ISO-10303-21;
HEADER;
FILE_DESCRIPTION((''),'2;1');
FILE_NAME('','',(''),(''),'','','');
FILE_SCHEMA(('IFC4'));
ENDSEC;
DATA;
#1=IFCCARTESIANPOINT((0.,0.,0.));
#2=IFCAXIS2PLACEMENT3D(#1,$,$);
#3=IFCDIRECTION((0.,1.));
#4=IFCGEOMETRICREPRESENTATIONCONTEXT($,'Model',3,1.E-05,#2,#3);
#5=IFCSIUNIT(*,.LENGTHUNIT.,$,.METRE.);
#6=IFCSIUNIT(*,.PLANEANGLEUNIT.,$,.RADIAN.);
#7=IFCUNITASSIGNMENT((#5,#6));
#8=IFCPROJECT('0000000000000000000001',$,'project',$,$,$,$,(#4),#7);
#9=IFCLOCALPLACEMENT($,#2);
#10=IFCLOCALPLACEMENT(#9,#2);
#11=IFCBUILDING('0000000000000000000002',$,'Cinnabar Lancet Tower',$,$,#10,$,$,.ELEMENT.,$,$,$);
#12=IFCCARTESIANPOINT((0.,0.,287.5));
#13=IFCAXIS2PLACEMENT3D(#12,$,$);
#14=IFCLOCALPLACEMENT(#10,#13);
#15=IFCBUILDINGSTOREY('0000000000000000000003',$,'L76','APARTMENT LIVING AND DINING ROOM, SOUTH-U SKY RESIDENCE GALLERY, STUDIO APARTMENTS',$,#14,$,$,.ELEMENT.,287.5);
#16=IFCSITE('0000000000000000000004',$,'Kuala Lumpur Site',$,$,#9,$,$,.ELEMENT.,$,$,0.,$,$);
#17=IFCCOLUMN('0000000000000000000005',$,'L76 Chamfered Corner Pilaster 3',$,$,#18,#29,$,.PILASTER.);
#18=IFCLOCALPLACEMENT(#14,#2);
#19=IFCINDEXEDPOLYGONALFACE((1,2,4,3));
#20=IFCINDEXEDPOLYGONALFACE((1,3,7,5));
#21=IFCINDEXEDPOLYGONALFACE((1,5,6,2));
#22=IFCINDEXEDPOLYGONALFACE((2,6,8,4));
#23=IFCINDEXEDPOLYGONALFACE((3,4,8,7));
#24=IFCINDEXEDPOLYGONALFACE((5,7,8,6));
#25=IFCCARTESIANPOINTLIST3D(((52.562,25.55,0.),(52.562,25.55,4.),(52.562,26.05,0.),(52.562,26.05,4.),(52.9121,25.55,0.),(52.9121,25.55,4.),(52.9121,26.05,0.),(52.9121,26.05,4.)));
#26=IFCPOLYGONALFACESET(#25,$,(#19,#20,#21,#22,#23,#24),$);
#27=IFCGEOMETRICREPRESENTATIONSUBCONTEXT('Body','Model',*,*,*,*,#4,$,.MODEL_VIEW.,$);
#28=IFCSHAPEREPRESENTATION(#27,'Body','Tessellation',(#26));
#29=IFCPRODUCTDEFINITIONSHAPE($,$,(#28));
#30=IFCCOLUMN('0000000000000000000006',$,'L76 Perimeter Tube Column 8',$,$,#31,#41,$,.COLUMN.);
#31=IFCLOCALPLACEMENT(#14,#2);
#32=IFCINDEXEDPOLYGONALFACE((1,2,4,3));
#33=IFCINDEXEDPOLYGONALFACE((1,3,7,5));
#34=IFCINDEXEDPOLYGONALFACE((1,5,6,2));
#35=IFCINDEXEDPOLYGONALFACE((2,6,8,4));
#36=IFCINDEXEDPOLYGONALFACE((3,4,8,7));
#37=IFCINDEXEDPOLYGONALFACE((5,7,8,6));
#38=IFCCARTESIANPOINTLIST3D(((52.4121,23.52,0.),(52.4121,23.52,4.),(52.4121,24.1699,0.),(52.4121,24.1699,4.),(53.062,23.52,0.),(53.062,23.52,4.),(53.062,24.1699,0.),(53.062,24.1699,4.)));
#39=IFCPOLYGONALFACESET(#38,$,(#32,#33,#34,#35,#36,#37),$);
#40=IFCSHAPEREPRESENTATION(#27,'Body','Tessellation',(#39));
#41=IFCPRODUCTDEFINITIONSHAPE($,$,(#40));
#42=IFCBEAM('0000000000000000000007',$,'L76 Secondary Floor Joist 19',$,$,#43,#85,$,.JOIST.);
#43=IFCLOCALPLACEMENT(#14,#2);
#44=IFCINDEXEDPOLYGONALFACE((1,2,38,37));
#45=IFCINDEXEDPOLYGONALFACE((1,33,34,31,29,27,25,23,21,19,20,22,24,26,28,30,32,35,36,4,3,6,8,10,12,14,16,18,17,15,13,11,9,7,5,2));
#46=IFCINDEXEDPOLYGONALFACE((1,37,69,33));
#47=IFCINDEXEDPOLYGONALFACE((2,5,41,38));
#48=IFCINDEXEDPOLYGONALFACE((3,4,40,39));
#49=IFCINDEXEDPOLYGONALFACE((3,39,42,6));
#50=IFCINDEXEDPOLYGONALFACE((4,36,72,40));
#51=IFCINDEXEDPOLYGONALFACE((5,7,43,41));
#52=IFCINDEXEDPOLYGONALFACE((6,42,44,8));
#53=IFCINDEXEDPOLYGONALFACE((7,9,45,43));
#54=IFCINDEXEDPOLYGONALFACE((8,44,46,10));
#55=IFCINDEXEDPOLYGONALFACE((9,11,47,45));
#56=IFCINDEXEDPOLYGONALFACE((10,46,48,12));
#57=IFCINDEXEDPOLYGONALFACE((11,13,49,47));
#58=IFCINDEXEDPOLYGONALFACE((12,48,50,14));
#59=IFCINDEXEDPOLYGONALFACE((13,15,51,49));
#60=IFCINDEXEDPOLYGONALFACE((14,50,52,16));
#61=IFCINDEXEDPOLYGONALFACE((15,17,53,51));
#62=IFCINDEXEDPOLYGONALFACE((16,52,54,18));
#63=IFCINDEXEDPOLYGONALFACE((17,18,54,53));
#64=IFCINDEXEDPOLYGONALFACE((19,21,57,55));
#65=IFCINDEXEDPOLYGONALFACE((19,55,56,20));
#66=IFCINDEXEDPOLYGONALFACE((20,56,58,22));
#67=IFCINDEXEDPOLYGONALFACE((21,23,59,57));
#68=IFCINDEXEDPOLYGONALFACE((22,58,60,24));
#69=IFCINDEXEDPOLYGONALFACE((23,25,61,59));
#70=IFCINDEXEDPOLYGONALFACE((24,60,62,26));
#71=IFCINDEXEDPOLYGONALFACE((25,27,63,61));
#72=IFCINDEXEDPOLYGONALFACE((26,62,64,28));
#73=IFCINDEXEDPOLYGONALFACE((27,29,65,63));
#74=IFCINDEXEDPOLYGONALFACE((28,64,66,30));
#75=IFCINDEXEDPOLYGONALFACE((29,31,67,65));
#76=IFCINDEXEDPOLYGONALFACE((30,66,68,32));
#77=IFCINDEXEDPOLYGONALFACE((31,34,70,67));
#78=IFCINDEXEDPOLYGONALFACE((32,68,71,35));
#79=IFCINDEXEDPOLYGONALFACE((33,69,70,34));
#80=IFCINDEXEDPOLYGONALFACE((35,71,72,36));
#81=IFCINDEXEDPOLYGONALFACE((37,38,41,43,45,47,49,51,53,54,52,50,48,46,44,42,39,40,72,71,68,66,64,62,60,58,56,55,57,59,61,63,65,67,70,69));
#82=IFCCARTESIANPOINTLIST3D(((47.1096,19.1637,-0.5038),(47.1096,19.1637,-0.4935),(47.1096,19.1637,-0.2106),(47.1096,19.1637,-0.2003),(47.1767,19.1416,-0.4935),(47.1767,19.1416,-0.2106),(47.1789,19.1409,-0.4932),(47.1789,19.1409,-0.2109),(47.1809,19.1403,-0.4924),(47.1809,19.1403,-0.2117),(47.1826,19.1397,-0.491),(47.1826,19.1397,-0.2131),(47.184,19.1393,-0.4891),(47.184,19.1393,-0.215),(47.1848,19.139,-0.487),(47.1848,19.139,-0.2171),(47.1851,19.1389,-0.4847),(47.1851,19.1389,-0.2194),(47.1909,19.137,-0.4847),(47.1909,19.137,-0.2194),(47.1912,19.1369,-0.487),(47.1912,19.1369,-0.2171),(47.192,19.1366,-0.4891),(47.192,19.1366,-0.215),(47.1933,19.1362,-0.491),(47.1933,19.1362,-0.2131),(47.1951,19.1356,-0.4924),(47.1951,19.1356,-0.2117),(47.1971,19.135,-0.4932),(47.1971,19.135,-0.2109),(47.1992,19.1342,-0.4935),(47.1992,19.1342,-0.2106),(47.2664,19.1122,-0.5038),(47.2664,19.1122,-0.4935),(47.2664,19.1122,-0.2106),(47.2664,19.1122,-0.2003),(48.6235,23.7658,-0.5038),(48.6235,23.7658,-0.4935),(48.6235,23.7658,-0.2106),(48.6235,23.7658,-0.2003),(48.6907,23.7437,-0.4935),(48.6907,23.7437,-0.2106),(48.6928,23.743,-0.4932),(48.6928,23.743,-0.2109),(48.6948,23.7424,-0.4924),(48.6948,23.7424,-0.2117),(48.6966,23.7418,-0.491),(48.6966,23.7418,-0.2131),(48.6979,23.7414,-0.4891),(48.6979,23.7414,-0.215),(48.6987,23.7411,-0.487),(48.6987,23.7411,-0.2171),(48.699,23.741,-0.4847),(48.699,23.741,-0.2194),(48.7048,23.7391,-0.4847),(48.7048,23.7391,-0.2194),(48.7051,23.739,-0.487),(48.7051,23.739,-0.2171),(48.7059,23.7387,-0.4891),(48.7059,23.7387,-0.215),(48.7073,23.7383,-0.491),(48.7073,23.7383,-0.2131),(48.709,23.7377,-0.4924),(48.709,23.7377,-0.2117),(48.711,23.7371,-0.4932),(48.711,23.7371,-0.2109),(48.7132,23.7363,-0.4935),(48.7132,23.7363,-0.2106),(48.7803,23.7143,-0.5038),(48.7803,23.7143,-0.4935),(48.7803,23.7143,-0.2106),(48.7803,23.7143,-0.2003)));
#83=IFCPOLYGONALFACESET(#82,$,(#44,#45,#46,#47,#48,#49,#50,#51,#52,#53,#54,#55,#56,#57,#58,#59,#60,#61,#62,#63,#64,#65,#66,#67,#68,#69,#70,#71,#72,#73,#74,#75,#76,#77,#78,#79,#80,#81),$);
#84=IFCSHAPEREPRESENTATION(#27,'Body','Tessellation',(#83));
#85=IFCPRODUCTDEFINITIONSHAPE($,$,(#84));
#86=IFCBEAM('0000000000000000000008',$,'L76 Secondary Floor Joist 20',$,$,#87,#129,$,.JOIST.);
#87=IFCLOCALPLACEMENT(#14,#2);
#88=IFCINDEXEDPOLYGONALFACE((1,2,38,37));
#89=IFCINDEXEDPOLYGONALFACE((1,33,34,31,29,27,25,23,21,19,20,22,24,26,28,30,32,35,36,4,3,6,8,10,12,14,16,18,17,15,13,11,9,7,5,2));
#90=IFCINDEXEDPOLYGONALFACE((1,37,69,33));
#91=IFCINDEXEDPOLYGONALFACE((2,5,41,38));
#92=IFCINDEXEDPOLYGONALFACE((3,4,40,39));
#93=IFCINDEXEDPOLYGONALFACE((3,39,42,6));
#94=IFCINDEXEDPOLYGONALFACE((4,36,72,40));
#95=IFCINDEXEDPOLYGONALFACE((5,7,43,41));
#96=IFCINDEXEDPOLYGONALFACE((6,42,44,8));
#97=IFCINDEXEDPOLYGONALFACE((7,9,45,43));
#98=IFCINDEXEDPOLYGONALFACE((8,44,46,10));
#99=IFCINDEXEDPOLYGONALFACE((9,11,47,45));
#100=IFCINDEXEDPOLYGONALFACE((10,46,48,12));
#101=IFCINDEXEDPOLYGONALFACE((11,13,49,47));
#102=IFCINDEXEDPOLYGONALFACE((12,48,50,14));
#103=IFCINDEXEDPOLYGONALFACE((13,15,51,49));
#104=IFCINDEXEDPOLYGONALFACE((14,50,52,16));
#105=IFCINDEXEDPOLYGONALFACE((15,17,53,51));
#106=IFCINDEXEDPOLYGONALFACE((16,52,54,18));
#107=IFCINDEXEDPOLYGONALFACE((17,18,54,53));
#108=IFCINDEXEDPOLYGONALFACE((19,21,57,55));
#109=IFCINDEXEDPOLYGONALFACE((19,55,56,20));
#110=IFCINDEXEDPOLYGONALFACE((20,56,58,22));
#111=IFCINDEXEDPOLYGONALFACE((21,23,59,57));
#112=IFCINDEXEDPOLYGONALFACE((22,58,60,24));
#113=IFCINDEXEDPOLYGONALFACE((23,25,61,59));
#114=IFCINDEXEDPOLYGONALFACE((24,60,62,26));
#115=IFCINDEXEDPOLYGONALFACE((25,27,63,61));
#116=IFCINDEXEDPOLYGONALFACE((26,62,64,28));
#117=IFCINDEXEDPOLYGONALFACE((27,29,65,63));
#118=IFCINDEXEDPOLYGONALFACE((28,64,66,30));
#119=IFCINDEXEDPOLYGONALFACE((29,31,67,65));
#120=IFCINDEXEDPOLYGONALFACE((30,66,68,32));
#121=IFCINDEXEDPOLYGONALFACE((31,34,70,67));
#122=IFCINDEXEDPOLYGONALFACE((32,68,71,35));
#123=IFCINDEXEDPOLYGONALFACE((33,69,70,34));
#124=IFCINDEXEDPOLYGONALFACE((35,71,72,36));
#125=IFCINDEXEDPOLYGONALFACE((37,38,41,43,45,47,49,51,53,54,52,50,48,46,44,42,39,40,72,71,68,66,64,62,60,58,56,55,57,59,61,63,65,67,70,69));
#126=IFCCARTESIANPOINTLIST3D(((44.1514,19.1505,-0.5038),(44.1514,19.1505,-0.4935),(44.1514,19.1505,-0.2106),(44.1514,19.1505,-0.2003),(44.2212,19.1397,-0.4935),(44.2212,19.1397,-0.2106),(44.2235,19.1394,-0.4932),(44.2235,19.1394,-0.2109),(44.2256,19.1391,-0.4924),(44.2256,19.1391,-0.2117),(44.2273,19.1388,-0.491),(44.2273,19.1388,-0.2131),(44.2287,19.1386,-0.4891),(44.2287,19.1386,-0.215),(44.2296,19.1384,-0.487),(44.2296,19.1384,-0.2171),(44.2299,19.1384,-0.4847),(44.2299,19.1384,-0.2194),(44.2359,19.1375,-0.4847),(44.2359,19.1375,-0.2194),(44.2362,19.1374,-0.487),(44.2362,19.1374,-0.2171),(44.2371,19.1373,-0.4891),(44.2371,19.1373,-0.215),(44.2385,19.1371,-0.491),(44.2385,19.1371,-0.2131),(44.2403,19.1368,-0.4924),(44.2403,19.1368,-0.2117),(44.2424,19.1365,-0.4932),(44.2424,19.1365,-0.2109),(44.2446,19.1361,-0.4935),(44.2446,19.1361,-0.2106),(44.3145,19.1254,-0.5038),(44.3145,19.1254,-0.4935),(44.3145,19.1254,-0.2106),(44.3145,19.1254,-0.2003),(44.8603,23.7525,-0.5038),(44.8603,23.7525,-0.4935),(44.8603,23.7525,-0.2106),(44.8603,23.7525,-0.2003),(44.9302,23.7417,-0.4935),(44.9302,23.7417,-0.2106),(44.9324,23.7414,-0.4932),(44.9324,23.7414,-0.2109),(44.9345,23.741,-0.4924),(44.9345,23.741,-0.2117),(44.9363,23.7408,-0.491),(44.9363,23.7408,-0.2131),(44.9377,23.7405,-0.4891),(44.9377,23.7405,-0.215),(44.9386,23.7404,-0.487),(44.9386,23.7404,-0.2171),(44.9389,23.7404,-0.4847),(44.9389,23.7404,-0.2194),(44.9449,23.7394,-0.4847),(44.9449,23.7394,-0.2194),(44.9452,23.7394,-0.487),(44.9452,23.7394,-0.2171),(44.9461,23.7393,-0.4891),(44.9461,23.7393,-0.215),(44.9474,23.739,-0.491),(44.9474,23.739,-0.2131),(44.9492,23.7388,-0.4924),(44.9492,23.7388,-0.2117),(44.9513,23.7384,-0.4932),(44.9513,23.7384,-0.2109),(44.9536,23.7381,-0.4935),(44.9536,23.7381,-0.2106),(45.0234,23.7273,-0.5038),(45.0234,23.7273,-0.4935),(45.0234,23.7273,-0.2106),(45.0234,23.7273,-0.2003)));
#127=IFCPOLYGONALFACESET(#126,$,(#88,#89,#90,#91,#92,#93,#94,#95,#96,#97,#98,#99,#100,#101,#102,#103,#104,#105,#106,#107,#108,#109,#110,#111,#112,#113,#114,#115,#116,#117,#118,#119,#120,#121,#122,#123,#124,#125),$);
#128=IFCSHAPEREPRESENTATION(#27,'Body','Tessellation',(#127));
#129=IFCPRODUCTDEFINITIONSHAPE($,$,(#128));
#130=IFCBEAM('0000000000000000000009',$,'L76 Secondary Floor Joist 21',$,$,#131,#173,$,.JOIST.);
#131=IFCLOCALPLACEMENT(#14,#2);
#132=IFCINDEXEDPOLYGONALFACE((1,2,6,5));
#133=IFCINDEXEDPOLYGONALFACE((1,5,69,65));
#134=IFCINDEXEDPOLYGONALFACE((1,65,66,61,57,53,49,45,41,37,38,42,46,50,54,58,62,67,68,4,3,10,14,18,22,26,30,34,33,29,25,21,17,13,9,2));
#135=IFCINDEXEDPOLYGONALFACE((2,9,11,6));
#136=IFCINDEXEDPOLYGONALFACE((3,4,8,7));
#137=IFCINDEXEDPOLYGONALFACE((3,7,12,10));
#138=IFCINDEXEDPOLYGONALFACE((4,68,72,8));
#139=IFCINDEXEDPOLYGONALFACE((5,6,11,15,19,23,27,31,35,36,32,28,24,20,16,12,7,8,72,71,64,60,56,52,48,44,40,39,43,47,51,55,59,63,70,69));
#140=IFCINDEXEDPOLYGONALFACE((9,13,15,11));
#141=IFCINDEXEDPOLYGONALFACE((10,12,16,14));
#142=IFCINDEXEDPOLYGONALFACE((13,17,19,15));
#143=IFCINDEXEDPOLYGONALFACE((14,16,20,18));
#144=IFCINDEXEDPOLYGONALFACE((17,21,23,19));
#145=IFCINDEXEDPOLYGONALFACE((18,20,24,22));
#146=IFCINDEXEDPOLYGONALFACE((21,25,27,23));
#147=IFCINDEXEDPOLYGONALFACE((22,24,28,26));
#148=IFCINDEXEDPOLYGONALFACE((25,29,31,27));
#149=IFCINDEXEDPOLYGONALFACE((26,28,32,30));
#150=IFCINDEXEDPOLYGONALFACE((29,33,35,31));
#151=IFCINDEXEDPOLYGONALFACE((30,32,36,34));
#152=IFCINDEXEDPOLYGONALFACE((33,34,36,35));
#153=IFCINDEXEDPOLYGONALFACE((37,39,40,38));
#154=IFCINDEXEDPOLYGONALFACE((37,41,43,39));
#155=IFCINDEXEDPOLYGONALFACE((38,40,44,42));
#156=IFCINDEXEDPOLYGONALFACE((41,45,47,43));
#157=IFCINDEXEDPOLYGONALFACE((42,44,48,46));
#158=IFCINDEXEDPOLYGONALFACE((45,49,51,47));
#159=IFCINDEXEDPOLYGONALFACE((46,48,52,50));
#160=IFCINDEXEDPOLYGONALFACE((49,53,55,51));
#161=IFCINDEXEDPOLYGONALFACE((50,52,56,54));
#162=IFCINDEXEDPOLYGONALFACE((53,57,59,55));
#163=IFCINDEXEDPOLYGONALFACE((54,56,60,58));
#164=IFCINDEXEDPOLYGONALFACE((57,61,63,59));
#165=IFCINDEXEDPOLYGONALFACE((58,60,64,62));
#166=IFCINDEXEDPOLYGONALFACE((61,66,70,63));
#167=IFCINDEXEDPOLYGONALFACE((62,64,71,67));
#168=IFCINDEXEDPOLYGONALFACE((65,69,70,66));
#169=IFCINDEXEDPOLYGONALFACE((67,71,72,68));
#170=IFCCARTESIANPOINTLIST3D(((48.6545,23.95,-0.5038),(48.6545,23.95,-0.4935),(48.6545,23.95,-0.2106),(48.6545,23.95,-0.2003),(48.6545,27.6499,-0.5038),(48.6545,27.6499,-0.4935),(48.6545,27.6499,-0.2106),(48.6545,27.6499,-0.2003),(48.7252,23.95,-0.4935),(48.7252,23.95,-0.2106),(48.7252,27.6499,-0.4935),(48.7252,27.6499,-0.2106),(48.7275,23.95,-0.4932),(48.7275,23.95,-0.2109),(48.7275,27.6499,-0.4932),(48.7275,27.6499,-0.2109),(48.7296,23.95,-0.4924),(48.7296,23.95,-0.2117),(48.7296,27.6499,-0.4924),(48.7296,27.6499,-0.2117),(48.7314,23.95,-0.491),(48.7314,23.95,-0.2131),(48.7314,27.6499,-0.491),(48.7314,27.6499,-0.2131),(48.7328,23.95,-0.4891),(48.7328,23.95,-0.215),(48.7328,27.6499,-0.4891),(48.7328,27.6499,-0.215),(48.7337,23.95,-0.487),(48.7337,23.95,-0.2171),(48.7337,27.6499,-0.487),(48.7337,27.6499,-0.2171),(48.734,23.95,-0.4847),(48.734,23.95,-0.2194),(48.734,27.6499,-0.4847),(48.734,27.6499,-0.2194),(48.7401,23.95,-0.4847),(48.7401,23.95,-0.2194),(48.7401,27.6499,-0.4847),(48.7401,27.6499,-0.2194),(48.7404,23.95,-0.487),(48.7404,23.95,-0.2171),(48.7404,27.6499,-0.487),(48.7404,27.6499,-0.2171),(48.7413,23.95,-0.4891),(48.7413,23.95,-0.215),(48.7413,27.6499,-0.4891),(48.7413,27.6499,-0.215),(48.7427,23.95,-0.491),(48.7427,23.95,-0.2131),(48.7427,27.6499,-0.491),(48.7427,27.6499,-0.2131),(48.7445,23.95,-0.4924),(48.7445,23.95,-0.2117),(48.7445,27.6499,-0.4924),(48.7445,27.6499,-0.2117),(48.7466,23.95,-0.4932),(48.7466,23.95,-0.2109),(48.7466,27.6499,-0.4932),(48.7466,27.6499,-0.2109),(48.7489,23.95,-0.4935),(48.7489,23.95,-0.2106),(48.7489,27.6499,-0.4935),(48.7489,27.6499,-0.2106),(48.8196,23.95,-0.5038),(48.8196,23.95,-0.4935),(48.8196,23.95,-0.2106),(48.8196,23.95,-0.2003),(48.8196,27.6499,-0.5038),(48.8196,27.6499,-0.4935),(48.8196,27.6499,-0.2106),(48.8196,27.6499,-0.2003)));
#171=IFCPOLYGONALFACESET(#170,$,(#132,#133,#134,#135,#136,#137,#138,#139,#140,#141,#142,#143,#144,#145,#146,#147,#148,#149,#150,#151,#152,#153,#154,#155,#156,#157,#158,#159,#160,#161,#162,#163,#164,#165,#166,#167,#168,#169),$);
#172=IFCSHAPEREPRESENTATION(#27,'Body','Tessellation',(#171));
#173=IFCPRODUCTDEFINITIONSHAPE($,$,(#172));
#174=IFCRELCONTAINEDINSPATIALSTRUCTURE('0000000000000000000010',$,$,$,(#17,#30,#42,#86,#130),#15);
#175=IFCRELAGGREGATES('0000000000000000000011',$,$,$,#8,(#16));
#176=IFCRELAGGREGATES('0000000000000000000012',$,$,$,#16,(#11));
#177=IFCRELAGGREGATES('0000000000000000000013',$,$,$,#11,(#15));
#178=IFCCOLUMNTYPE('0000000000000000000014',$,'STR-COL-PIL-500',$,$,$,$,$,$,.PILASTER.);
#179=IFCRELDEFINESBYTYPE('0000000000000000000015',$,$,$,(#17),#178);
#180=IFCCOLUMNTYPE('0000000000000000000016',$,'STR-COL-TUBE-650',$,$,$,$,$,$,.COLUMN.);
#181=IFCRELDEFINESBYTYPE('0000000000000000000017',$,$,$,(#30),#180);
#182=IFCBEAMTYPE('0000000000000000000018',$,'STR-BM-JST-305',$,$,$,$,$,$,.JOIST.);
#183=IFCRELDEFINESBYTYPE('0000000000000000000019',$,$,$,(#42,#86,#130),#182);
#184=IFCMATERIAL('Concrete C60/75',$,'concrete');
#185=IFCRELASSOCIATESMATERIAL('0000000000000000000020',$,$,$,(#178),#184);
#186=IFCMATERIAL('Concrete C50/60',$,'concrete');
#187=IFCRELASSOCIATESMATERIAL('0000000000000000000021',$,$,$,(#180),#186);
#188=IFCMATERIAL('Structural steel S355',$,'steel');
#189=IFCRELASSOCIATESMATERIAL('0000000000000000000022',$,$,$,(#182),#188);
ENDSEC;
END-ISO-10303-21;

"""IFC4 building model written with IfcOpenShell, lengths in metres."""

from ifc_helpers import new_model, si_unit, direction, frame, origin, origin_2d, place, context, subcontext, project, spatial, rectangle, i_section, extrude, material, material_profile, profile_set, type_object, element, save


model = new_model("IFC4")

# Units and contexts
model_context = context("Model", 3, precision=1e-05, world=origin(), true_north=direction((0.0, 1.0)))
body_context = subcontext(model_context, "Body", "Model", "MODEL_VIEW")
ifc_project = project(units=[si_unit("LENGTHUNIT", "METRE"), si_unit("PLANEANGLEUNIT", "RADIAN")], contexts=[model_context])

# Site, building, storey
site_placement = place(None, origin())
site = spatial("IfcSite", under=ifc_project, at=site_placement, Name="Kuala Lumpur Site", CompositionType="ELEMENT", RefElevation=0.0)
building_placement = place(site_placement, origin())
building = spatial("IfcBuilding", under=site, at=building_placement, Name="Cinnabar Lancet Tower", CompositionType="ELEMENT")
storey_placement = place(building_placement, frame((0.0, 0.0, 287.5)))
storey = spatial("IfcBuildingStorey", under=building, at=storey_placement, Name="L76", Description="APARTMENT LIVING AND DINING ROOM, SOUTH-U SKY RESIDENCE GALLERY, STUDIO APARTMENTS", CompositionType="ELEMENT", Elevation=287.5)

# Columns
ifc_material_1 = material(Name="Concrete C60/75", Category="concrete")
ifc_material_profile_1 = material_profile(ifc_material_1, rectangle(XDim=0.5, YDim=0.3501, at=origin_2d()), Name="RC-PIL 500x350")
ifc_profile_set_1 = profile_set([ifc_material_profile_1], Name="Concrete C60/75")
column_type_1 = type_object("IfcColumnType", Name="STR-COL-PIL-500", PredefinedType="PILASTER", material=ifc_profile_set_1)
column_1_placement = place(storey_placement, frame((52.7371, 25.8, 0.0), z_axis=(0.0, 0.0, 1.0), x_axis=(0.0, 1.0, 0.0)))
element("IfcColumn", 1, at=column_1_placement, inside=storey, type_object=column_type_1, Name="L76 Chamfered Corner Pilaster 3", PredefinedType="PILASTER", context=body_context, shape_type="SweptSolid", body=[
    extrude(rectangle(XDim=0.5, YDim=0.3501, at=origin_2d()), origin(), (0.0, 0.0, 1.0), 4.0),
])
ifc_material_2 = material(Name="Concrete C50/60", Category="concrete")
ifc_material_profile_2 = material_profile(ifc_material_2, rectangle(XDim=0.6499, YDim=0.6499, at=origin_2d()), Name="RC-COL 650x650")
ifc_profile_set_2 = profile_set([ifc_material_profile_2], Name="Concrete C50/60")
column_type_2 = type_object("IfcColumnType", Name="STR-COL-TUBE-650", PredefinedType="COLUMN", material=ifc_profile_set_2)
column_2_placement = place(storey_placement, frame((52.7371, 23.845, 0.0), z_axis=(0.0, 0.0, 1.0), x_axis=(1.0, 0.0, 0.0)))
element("IfcColumn", 2, at=column_2_placement, inside=storey, type_object=column_type_2, Name="L76 Perimeter Tube Column 8", PredefinedType="COLUMN", context=body_context, shape_type="SweptSolid", body=[
    extrude(rectangle(XDim=0.6499, YDim=0.6499, at=origin_2d()), origin(), (0.0, 0.0, 1.0), 4.0),
])

# Beams
ifc_material_3 = material(Name="Structural steel S355", Category="steel")
ifc_material_profile_3 = material_profile(ifc_material_3, i_section(OverallWidth=0.165, OverallDepth=0.3035, WebThickness=0.0061, FlangeThickness=0.0103, FilletRadius=0.0088, at=origin_2d()), Name="UKB 305x165x40")
ifc_profile_set_3 = profile_set([ifc_material_profile_3], Name="Structural steel S355")
beam_type_1 = type_object("IfcBeamType", Name="STR-BM-JST-305", PredefinedType="JOIST", material=ifc_profile_set_3)
beam_1_placement = place(storey_placement, frame((47.188, 19.1379, -0.3521), z_axis=(0.312491, 0.949921, 0.0), x_axis=(-0.949921, 0.312491, 0.0)))
element("IfcBeam", 3, at=beam_1_placement, inside=storey, type_object=beam_type_1, Name="L76 Secondary Floor Joist 19", PredefinedType="JOIST", context=body_context, shape_type="SweptSolid", body=[
    extrude(i_section(OverallWidth=0.165, OverallDepth=0.3035, WebThickness=0.0061, FlangeThickness=0.0103, FilletRadius=0.0088, at=origin_2d()), origin(), (0.0, 0.0, 1.0), 4.8447),
])
beam_2_placement = place(storey_placement, frame((44.2329, 19.1379, -0.3521), z_axis=(0.152262, 0.98834, 0.0), x_axis=(-0.98834, 0.152262, 0.0)))
element("IfcBeam", 4, at=beam_2_placement, inside=storey, type_object=beam_type_1, Name="L76 Secondary Floor Joist 20", PredefinedType="JOIST", context=body_context, shape_type="SweptSolid", body=[
    extrude(i_section(OverallWidth=0.165, OverallDepth=0.3035, WebThickness=0.0061, FlangeThickness=0.0103, FilletRadius=0.0088, at=origin_2d()), origin(), (0.0, 0.0, 1.0), 4.6562),
])
for number, where, z_axis, x_axis, name in (
    (5, (48.7371, 23.95, -0.3521), (0.0, 1.0, 0.0), (-1.0, 0.0, 0.0), "L76 Secondary Floor Joist 21"),
):
    element("IfcBeam", number, at=place(storey_placement, frame(where, z_axis=z_axis, x_axis=x_axis)), inside=storey, type_object=beam_type_1, Name=name, PredefinedType="JOIST", context=body_context, shape_type="SweptSolid", body=[
        extrude(i_section(OverallWidth=0.165, OverallDepth=0.3035, WebThickness=0.0061, FlangeThickness=0.0103, FilletRadius=0.0088, at=origin_2d()), origin(), (0.0, 0.0, 1.0), 3.7),
    ])

save(model, "model.ifc")
